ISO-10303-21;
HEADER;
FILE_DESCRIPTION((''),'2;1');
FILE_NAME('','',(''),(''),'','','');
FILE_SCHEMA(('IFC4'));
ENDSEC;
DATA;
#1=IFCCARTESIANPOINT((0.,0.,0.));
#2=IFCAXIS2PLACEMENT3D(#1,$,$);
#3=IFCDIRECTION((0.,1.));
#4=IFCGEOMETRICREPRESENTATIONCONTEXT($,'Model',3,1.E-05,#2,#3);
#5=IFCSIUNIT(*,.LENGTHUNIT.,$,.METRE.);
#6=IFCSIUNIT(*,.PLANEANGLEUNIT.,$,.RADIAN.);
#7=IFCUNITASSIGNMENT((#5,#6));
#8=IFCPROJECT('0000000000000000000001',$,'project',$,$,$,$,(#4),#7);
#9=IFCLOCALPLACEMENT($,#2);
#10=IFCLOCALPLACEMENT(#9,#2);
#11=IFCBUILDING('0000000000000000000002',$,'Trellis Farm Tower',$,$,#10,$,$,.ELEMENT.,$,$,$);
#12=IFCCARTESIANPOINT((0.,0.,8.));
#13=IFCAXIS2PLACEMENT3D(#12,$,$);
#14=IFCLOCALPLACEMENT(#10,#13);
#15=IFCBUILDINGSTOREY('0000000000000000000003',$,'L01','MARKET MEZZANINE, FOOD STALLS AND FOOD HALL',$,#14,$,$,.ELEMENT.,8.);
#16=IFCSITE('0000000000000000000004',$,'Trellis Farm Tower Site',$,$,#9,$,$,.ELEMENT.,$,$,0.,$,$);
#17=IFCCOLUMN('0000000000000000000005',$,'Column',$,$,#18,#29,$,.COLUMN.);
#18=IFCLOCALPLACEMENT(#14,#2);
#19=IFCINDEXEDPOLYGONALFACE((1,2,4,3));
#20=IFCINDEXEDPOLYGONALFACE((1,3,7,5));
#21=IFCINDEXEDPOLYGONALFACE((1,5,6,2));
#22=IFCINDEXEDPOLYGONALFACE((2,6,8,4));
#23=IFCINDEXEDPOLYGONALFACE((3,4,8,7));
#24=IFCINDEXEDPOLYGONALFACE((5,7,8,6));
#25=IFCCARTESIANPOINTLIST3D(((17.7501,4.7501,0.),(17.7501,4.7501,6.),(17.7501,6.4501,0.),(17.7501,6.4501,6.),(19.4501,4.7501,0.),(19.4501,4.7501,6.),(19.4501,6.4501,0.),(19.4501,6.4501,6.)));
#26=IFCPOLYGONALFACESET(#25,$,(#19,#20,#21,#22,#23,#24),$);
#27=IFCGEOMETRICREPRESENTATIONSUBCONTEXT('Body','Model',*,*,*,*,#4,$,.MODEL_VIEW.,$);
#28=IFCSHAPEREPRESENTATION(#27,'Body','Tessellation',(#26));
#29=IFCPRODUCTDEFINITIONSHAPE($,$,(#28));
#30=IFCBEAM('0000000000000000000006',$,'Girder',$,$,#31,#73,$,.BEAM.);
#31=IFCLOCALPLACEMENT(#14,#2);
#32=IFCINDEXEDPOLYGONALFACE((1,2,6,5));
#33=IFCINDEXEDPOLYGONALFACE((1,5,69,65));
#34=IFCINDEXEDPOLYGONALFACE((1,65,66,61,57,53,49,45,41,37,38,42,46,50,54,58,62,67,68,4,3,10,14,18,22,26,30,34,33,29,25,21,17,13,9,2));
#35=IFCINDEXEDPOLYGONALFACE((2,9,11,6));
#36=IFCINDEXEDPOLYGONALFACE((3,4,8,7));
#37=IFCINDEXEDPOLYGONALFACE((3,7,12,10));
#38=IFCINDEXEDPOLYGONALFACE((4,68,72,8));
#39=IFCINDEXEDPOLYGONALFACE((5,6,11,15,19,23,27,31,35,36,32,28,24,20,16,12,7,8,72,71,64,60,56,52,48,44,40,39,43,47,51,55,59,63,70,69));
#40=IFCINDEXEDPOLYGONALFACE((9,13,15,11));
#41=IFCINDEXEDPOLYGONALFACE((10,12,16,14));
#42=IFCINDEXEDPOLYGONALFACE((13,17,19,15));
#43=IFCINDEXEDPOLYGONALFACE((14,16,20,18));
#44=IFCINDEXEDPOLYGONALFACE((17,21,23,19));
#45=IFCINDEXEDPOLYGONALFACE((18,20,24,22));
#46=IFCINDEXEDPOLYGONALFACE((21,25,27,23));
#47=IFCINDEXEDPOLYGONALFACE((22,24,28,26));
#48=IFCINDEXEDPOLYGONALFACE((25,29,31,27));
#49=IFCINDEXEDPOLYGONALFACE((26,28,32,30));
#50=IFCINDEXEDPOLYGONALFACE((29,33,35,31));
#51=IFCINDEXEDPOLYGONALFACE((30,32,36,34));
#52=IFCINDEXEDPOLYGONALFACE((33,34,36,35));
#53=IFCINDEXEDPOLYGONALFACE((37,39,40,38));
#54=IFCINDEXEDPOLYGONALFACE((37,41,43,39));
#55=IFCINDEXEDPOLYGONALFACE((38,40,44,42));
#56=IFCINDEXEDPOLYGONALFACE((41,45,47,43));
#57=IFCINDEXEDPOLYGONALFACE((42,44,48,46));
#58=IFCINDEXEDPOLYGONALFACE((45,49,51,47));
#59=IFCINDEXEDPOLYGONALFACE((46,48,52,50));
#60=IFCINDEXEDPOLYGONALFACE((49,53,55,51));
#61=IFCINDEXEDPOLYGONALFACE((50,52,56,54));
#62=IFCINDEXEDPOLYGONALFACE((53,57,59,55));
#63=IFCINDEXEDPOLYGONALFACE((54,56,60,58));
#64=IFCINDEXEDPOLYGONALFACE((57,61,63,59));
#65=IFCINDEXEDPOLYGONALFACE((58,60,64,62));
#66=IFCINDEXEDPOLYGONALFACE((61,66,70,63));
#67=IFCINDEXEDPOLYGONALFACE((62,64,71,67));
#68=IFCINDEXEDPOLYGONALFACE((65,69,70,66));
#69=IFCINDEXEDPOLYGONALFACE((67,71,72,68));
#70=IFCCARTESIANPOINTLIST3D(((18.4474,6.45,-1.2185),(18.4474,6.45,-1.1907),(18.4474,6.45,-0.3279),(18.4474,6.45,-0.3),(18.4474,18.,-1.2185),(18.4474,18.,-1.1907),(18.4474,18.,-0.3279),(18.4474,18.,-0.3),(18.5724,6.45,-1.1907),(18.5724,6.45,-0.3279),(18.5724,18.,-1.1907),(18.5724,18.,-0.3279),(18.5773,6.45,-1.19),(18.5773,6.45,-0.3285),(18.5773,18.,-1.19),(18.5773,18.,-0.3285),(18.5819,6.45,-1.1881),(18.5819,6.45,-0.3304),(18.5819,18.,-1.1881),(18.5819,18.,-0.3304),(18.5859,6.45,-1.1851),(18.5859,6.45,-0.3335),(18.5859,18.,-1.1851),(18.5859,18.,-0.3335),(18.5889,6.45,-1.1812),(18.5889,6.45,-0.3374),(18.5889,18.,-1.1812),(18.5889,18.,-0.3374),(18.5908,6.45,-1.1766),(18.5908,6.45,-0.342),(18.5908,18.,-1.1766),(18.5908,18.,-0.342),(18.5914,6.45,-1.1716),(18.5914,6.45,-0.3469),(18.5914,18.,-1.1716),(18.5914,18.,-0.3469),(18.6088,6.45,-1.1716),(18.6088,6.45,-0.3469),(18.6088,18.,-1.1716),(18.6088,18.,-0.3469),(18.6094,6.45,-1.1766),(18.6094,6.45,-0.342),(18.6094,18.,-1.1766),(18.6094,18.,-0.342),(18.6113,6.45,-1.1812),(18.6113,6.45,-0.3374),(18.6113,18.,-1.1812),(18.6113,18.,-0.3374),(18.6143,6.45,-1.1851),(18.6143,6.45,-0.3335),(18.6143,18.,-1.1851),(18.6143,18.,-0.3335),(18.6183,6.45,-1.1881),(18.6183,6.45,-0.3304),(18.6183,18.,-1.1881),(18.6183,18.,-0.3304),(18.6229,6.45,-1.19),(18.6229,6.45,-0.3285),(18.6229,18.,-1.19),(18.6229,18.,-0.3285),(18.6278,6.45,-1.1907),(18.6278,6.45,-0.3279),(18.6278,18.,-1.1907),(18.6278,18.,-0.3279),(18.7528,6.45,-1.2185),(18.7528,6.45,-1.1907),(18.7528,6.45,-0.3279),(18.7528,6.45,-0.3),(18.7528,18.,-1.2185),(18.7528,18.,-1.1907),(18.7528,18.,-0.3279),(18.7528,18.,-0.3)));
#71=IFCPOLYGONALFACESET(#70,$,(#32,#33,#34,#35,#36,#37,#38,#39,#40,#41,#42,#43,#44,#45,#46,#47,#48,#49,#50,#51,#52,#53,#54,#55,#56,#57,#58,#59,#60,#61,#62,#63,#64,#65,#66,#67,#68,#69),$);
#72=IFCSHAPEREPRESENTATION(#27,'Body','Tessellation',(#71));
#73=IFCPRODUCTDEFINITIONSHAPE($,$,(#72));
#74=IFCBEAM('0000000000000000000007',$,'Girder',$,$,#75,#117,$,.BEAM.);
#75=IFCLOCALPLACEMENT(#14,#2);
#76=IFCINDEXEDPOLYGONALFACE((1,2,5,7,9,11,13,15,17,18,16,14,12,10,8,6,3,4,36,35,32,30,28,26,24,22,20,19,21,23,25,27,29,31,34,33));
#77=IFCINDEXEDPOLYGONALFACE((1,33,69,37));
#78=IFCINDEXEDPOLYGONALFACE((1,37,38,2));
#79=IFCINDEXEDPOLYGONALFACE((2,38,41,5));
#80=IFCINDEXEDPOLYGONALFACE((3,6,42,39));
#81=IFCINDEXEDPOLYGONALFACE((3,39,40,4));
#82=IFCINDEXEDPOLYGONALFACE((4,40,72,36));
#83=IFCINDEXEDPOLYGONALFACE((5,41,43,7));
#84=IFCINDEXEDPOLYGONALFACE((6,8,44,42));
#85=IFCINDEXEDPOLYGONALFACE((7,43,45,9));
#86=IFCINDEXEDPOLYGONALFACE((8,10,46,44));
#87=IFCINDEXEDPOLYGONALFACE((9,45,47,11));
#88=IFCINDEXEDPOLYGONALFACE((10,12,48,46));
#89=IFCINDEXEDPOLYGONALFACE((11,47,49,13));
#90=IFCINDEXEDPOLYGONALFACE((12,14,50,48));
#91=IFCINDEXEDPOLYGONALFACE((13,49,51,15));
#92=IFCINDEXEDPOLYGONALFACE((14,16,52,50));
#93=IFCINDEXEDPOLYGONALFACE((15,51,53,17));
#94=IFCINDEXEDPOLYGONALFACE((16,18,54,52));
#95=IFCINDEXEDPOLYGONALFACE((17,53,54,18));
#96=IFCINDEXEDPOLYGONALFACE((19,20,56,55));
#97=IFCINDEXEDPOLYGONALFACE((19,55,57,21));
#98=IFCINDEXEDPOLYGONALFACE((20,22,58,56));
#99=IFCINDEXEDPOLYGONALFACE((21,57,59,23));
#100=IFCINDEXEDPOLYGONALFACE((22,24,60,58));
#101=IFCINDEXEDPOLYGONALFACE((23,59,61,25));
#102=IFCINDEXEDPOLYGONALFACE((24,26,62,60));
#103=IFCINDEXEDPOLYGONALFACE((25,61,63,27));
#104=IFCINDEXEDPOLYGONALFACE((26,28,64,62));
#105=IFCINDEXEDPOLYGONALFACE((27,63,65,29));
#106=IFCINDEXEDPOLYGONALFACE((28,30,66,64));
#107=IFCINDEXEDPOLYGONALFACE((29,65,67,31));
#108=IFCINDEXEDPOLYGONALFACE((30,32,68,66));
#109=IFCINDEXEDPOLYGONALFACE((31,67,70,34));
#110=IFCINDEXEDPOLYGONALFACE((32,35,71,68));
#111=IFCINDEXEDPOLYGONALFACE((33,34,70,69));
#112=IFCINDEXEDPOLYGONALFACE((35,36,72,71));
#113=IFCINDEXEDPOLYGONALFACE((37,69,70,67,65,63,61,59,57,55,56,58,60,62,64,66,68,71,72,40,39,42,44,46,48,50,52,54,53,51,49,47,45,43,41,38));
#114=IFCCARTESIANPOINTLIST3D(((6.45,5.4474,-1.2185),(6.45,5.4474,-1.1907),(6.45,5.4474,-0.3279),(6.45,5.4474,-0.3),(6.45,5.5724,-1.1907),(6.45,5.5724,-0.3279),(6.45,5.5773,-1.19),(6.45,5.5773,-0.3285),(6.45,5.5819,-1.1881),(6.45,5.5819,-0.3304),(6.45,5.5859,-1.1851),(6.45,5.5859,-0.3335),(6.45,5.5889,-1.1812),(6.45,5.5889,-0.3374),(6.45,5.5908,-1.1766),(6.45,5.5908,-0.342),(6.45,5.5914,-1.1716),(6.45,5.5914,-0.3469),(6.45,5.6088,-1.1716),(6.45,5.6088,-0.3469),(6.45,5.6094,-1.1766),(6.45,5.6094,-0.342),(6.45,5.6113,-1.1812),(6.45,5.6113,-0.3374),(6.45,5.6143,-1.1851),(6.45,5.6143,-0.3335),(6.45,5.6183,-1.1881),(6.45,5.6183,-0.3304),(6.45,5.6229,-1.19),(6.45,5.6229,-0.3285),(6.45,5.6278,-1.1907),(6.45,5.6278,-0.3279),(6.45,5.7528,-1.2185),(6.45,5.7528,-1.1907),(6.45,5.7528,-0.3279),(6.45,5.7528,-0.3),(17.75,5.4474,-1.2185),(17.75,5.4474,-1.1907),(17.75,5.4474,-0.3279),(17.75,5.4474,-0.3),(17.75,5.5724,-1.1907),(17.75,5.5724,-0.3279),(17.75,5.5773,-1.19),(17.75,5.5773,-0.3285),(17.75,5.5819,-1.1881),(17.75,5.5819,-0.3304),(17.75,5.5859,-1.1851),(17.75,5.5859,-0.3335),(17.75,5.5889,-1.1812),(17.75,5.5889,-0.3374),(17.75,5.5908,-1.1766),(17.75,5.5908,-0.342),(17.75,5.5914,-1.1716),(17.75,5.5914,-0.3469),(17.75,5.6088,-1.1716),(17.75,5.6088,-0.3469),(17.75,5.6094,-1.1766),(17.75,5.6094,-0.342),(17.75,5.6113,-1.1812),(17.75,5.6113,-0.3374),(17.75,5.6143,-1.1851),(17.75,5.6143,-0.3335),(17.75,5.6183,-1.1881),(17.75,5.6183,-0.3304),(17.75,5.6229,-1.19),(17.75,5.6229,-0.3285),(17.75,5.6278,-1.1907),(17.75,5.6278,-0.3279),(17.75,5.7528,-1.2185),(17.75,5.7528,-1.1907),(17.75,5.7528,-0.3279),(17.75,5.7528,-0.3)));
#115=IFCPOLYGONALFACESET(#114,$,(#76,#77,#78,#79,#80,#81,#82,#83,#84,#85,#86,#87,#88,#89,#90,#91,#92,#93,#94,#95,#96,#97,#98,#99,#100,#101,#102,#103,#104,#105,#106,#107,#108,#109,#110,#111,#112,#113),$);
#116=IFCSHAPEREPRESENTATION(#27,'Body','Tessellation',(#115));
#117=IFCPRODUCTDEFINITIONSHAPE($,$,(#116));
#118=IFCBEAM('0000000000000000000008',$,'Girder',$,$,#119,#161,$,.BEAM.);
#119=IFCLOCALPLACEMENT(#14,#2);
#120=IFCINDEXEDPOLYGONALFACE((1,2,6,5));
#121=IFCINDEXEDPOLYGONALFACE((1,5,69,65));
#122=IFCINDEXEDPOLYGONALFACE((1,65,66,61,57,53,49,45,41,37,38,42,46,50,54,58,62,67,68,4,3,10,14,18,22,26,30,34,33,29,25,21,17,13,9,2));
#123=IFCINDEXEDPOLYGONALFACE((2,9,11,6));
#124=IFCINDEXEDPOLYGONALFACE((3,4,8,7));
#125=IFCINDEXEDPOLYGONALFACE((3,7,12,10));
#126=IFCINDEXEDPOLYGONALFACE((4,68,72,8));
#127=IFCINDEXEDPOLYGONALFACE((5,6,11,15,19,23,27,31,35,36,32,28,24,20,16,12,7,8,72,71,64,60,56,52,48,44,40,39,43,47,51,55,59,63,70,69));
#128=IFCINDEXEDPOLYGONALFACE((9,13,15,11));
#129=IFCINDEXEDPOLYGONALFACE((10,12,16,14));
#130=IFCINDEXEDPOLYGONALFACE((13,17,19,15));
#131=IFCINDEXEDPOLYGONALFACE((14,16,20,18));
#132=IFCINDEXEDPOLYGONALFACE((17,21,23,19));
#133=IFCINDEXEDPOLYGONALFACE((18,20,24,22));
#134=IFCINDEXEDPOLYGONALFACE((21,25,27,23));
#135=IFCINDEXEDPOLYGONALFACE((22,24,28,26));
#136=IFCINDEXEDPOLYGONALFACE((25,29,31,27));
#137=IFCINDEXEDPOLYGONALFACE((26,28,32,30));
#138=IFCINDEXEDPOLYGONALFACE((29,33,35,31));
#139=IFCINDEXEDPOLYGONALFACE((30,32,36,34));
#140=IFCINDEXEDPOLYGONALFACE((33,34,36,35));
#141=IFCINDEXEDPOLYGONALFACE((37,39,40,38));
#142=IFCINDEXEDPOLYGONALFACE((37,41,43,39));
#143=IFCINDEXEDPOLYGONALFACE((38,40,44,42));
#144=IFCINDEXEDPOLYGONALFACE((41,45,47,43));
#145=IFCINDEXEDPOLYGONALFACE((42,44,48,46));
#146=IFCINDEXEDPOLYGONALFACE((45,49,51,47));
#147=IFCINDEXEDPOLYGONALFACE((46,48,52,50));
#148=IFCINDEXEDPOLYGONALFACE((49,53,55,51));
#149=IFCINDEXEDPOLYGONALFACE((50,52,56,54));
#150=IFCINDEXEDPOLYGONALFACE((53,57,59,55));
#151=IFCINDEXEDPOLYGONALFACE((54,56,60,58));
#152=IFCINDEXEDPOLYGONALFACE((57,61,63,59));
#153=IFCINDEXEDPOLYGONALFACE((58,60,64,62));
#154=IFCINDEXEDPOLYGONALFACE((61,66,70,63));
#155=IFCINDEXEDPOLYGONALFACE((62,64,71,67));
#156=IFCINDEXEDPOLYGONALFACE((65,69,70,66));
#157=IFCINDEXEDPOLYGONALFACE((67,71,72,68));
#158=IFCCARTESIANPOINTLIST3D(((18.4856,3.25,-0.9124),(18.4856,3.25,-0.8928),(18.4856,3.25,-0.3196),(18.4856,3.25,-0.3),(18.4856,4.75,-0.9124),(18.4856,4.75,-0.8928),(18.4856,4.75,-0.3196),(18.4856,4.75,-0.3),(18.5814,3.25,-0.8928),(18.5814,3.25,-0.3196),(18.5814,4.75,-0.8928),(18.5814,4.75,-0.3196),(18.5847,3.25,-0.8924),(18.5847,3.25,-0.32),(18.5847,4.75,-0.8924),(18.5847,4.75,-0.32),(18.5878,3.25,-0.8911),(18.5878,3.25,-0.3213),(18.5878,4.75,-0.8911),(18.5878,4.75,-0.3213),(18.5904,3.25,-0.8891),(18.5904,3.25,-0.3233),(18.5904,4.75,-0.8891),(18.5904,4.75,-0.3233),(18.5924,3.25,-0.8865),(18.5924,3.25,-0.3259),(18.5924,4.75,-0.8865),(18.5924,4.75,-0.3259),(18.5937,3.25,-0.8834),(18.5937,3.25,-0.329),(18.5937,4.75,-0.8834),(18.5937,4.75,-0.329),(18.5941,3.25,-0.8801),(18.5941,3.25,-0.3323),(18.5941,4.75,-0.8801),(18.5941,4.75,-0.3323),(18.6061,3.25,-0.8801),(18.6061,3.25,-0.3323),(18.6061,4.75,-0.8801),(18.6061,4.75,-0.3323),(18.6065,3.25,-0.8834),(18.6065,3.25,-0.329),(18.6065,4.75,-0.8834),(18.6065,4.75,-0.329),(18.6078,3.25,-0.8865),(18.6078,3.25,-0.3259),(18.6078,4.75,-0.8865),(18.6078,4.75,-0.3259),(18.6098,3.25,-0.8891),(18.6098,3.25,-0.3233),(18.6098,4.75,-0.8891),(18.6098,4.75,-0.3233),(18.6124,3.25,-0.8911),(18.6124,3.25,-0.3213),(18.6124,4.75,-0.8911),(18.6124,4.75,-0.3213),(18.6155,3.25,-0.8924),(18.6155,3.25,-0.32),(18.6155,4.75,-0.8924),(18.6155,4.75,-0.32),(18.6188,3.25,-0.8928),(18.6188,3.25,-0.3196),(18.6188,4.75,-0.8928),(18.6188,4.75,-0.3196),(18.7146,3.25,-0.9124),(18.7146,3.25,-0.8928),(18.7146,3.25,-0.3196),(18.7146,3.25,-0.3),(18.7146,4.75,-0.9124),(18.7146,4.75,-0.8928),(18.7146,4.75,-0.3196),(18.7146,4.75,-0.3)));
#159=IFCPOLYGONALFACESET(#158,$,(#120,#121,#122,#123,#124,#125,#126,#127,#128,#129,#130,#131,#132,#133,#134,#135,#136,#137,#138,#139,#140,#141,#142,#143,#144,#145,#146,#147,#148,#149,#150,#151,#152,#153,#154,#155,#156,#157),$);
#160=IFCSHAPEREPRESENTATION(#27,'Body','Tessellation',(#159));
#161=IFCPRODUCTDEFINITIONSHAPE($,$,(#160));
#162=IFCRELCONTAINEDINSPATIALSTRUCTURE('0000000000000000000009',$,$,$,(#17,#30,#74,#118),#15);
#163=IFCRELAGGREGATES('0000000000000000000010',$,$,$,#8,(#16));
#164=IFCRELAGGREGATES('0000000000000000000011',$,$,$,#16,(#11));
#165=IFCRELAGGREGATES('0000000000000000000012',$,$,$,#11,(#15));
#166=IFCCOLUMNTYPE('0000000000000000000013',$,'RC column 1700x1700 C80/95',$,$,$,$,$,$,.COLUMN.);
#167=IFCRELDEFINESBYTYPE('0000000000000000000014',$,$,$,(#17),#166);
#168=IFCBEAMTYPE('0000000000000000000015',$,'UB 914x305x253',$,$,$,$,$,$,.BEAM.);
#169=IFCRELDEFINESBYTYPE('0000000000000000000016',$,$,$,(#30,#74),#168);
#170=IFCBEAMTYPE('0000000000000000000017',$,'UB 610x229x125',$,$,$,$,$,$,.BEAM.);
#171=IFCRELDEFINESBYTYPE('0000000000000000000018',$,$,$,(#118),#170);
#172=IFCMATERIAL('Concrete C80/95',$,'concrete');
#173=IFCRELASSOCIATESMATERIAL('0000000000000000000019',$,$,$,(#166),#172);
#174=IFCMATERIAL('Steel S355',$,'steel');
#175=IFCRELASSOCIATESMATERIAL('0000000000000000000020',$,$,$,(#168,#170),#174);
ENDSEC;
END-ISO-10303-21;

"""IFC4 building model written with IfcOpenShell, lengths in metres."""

from ifc_helpers import new_model, si_unit, direction, frame, origin, origin_2d, place, context, subcontext, project, spatial, rectangle, i_section, extrude, source, transform, mapped, material, material_profile, profile_set, type_object, element, save


model = new_model("IFC4")

# Units and contexts
model_context = context("Model", 3, precision=1e-05, world=origin(), true_north=direction((0.0, 1.0)))
body_context = subcontext(model_context, "Body", "Model", "MODEL_VIEW")
ifc_project = project(units=[si_unit("LENGTHUNIT", "METRE"), si_unit("PLANEANGLEUNIT", "RADIAN")], contexts=[model_context])

# Site, building, storey
site_placement = place(None, origin())
site = spatial("IfcSite", under=ifc_project, at=site_placement, Name="Trellis Farm Tower Site", CompositionType="ELEMENT", RefElevation=0.0)
building_placement = place(site_placement, origin())
building = spatial("IfcBuilding", under=site, at=building_placement, Name="Trellis Farm Tower", CompositionType="ELEMENT")
storey_placement = place(building_placement, frame((0.0, 0.0, 8.0)))
storey = spatial("IfcBuildingStorey", under=building, at=storey_placement, Name="L01", Description="MARKET MEZZANINE, FOOD STALLS AND FOOD HALL", CompositionType="ELEMENT", Elevation=8.0)

# Column
ifc_material_1 = material(Name="Concrete C80/95", Category="concrete")
ifc_material_profile_1 = material_profile(ifc_material_1, rectangle(XDim=1.7, YDim=1.7, at=origin_2d()), Name="RC column 1700x1700 C80/95")
ifc_profile_set_1 = profile_set([ifc_material_profile_1], Name="Concrete C80/95")
column_type = type_object("IfcColumnType", Name="RC column 1700x1700 C80/95", PredefinedType="COLUMN", material=ifc_profile_set_1)
shared_shape_1 = source(origin(), body_context, "Body", "SweptSolid", [
    extrude(rectangle(XDim=1.7, YDim=1.7, at=origin_2d()), origin(), (0.0, 0.0, 1.0), 6.0),
])
column_placement = place(storey_placement, frame((18.6001, 5.6001, 0.0), z_axis=(0.0, 0.0, 1.0), x_axis=(1.0, 0.0, 0.0)))
element("IfcColumn", 1, at=column_placement, inside=storey, type_object=column_type, Name="Column", PredefinedType="COLUMN", context=body_context, shape_type="MappedRepresentation", body=[
    mapped(shared_shape_1, transform((0.0, 0.0, 0.0))),
])

# Beams
ifc_material_2 = material(Name="Steel S355", Category="steel")
ifc_material_profile_2 = material_profile(ifc_material_2, i_section(OverallWidth=0.3054, OverallDepth=0.9185, WebThickness=0.0173, FlangeThickness=0.0278, FilletRadius=0.019, at=origin_2d()), Name="UB 914x305x253")
ifc_profile_set_2 = profile_set([ifc_material_profile_2], Name="Steel S355")
beam_type_1 = type_object("IfcBeamType", Name="UB 914x305x253", PredefinedType="BEAM", material=ifc_profile_set_2)
shared_shape_2 = source(origin(), body_context, "Body", "SweptSolid", [
    extrude(i_section(OverallWidth=0.3054, OverallDepth=0.9185, WebThickness=0.0173, FlangeThickness=0.0278, FilletRadius=0.019, at=origin_2d()), origin(), (0.0, 0.0, 1.0), 11.55),
])
beam_1_placement = place(storey_placement, frame((18.6001, 6.45, -0.7593), z_axis=(0.0, 1.0, 0.0), x_axis=(-1.0, 0.0, 0.0)))
element("IfcBeam", 2, at=beam_1_placement, inside=storey, type_object=beam_type_1, Name="Girder", PredefinedType="BEAM", context=body_context, shape_type="MappedRepresentation", body=[
    mapped(shared_shape_2, transform((0.0, 0.0, 0.0))),
])
shared_shape_3 = source(origin(), body_context, "Body", "SweptSolid", [
    extrude(i_section(OverallWidth=0.3054, OverallDepth=0.9185, WebThickness=0.0173, FlangeThickness=0.0278, FilletRadius=0.019, at=origin_2d()), origin(), (0.0, 0.0, 1.0), 11.3),
])
beam_2_placement = place(storey_placement, frame((6.45, 5.6001, -0.7593), z_axis=(1.0, 0.0, 0.0), x_axis=(0.0, 1.0, 0.0)))
element("IfcBeam", 3, at=beam_2_placement, inside=storey, type_object=beam_type_1, Name="Girder", PredefinedType="BEAM", context=body_context, shape_type="MappedRepresentation", body=[
    mapped(shared_shape_3, transform((0.0, 0.0, 0.0))),
])
ifc_material_profile_3 = material_profile(ifc_material_2, i_section(OverallWidth=0.229, OverallDepth=0.6123, WebThickness=0.012, FlangeThickness=0.0195, FilletRadius=0.0127, at=origin_2d()), Name="UB 610x229x125")
ifc_profile_set_3 = profile_set([ifc_material_profile_3], Name="Steel S355")
beam_type_2 = type_object("IfcBeamType", Name="UB 610x229x125", PredefinedType="BEAM", material=ifc_profile_set_3)
shared_shape_4 = source(origin(), body_context, "Body", "SweptSolid", [
    extrude(i_section(OverallWidth=0.229, OverallDepth=0.6123, WebThickness=0.012, FlangeThickness=0.0195, FilletRadius=0.0127, at=origin_2d()), origin(), (0.0, 0.0, 1.0), 1.5),
])
beam_3_placement = place(storey_placement, frame((18.6001, 3.25, -0.6062), z_axis=(0.0, 1.0, 0.0), x_axis=(-1.0, 0.0, 0.0)))
element("IfcBeam", 4, at=beam_3_placement, inside=storey, type_object=beam_type_2, Name="Girder", PredefinedType="BEAM", context=body_context, shape_type="MappedRepresentation", body=[
    mapped(shared_shape_4, transform((0.0, 0.0, 0.0))),
])

save(model, "model.ifc")
